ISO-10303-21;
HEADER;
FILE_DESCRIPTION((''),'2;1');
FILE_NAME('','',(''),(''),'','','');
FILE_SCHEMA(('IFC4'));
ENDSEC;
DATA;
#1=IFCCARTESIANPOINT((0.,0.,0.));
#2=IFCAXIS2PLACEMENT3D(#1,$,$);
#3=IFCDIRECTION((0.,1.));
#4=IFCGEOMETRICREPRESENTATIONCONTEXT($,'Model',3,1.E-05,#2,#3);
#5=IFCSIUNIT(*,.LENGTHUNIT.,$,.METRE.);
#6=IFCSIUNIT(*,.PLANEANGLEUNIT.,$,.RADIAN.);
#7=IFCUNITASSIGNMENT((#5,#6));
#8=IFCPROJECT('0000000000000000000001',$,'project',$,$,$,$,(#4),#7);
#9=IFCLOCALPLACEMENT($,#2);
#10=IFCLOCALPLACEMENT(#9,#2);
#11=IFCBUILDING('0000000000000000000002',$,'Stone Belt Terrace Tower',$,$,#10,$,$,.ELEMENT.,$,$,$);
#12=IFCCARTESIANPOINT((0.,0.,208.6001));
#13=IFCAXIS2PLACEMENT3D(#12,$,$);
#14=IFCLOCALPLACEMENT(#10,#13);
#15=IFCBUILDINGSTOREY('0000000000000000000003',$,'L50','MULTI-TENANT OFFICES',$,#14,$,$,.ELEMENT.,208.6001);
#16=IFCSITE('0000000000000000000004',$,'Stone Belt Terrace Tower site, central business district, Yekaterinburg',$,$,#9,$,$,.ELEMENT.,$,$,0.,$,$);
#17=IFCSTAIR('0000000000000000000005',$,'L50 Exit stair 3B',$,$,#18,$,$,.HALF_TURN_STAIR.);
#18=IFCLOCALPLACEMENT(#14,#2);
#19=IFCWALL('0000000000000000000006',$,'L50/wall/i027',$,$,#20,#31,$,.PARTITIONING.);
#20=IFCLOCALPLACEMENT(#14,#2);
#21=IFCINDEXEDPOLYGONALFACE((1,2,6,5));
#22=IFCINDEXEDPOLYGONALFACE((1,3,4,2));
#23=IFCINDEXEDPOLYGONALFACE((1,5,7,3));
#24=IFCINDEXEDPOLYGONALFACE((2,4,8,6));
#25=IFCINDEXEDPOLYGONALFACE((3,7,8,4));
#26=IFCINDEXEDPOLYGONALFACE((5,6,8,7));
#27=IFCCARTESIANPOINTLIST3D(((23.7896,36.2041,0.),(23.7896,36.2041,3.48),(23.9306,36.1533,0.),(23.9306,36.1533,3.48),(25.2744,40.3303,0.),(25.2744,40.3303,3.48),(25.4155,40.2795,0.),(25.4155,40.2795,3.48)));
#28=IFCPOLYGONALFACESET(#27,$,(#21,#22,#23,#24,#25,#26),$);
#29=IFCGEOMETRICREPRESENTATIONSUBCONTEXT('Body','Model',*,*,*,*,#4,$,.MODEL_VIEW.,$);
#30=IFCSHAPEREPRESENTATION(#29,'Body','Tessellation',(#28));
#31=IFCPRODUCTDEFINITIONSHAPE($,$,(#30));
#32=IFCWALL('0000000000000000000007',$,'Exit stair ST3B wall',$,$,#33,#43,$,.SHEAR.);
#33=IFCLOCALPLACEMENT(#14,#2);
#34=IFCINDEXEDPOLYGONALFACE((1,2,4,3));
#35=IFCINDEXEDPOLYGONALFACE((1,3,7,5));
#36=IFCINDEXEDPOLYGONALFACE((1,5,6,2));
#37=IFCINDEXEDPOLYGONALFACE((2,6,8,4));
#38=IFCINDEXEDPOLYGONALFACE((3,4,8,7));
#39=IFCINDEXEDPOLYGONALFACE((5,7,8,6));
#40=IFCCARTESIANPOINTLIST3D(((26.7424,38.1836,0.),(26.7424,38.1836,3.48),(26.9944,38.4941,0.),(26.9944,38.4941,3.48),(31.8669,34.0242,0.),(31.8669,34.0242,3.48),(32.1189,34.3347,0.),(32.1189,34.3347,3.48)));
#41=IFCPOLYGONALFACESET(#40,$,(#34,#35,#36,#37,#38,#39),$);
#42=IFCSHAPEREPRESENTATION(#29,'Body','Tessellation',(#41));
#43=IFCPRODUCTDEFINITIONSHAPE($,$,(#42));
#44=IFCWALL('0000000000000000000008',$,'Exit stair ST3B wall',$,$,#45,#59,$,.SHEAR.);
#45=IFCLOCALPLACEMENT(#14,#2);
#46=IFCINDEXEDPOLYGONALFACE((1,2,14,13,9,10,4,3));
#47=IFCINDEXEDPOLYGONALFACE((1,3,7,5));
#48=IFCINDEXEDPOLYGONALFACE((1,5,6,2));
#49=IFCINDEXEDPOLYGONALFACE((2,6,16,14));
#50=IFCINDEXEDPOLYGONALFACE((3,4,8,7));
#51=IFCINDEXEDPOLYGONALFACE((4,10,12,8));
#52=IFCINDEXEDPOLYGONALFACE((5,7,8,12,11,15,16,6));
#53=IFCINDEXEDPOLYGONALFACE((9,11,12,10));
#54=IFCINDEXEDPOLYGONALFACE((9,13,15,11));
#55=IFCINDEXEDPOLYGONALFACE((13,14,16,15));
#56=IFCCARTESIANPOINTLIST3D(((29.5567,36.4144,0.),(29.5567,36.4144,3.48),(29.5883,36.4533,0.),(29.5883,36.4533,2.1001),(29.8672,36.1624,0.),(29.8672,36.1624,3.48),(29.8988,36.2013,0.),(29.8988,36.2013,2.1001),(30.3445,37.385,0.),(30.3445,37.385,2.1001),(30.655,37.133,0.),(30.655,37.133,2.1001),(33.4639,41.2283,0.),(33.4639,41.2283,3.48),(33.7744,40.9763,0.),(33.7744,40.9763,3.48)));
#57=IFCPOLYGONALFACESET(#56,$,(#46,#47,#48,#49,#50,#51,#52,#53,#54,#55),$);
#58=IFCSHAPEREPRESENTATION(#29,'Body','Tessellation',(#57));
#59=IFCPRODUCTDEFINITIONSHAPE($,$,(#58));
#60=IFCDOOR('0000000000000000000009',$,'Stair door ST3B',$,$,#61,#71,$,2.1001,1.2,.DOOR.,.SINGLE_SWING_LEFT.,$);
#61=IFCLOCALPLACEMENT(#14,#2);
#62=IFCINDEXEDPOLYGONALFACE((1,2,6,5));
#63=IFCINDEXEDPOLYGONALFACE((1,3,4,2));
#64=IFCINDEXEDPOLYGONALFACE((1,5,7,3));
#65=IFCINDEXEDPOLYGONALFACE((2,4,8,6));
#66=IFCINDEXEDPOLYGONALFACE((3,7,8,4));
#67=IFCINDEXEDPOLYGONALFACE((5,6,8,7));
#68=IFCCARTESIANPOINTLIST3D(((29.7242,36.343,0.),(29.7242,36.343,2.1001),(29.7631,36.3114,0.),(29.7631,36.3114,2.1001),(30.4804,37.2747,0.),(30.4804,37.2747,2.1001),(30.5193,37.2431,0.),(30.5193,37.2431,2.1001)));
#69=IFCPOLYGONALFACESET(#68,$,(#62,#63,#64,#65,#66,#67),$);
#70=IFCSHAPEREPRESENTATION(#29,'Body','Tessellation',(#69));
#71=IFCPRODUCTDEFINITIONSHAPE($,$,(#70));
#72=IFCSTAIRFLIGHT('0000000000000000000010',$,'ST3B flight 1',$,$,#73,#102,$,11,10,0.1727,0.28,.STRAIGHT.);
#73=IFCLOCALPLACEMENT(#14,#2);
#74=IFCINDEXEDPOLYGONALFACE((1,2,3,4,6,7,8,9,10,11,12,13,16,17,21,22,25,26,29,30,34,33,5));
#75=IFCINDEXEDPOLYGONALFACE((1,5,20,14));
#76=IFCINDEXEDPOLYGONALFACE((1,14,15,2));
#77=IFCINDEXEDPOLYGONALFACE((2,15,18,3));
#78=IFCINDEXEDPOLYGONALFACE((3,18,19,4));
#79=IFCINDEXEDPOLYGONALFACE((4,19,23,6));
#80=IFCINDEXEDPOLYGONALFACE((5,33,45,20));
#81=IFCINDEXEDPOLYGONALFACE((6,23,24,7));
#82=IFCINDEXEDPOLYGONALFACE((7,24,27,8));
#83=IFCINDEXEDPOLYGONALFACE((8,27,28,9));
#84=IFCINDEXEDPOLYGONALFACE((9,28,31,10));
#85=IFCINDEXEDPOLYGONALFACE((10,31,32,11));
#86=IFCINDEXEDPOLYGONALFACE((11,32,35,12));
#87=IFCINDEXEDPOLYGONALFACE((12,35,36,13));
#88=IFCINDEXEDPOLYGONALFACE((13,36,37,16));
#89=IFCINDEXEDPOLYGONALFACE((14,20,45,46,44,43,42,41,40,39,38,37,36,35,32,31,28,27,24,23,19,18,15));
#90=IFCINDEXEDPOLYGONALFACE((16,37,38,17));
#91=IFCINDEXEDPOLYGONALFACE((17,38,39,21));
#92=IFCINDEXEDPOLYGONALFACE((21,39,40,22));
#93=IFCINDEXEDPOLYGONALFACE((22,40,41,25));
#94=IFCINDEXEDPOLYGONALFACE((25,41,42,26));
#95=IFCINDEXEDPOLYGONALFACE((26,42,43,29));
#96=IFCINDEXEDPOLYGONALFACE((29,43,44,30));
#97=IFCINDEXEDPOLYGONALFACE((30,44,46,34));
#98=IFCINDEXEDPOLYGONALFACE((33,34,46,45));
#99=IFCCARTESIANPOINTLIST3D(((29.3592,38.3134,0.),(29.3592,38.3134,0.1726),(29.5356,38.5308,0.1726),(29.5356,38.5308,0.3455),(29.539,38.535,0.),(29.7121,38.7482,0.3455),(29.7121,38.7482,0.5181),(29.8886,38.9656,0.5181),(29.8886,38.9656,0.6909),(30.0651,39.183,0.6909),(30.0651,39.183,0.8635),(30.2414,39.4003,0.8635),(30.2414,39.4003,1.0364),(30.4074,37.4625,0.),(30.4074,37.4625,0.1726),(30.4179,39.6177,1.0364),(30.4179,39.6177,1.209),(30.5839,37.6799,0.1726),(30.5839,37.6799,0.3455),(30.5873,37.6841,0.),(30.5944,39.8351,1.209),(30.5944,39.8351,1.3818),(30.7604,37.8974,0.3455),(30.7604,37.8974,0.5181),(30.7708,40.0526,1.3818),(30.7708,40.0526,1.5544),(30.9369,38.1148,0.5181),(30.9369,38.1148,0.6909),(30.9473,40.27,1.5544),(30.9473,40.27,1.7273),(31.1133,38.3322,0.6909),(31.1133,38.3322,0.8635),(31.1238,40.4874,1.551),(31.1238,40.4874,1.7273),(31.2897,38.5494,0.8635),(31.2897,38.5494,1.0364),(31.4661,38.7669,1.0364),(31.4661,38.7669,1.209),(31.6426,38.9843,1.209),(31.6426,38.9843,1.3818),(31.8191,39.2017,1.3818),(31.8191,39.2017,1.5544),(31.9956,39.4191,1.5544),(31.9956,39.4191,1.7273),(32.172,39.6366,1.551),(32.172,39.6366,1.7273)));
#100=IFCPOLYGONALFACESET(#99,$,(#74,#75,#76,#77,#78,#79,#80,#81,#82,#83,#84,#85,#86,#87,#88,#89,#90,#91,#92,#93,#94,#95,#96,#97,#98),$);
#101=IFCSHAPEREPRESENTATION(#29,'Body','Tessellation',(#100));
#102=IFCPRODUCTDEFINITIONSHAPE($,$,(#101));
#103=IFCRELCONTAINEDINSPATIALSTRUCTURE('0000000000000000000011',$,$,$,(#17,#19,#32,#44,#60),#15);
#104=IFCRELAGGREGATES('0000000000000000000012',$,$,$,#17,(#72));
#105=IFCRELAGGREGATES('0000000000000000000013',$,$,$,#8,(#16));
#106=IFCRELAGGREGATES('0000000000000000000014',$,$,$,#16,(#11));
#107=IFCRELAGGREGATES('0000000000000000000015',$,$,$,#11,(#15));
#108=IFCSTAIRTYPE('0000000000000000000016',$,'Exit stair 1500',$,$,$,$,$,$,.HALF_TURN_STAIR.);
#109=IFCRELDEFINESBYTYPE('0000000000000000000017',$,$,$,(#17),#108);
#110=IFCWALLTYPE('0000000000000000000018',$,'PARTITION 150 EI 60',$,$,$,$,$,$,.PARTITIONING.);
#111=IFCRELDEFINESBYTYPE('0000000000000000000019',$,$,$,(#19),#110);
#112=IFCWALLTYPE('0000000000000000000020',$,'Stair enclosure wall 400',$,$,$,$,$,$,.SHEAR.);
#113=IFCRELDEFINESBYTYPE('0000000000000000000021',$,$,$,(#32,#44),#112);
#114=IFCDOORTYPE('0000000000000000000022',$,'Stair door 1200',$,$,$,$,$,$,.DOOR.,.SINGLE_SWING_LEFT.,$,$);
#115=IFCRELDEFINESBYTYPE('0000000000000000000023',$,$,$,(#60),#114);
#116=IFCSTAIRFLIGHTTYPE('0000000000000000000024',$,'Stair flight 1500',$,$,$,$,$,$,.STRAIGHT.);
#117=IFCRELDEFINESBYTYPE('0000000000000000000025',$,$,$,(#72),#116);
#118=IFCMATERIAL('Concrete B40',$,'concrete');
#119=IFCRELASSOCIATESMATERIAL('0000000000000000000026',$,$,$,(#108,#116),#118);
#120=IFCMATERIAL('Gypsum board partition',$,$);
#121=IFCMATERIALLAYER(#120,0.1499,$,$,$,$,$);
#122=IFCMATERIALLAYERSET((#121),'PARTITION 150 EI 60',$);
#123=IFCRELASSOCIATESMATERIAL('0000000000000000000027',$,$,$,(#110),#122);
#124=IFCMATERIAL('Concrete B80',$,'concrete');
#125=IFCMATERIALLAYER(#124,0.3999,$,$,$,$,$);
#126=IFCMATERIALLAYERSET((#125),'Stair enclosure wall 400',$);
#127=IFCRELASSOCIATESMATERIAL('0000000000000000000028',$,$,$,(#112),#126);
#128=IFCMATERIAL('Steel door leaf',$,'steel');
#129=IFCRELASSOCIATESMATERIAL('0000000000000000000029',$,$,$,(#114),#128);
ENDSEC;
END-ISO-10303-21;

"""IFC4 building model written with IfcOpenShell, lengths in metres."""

from ifc_helpers import new_model, si_unit, direction, frame, frame_2d, origin, place, context, subcontext, project, spatial, polyline, rectangle, outline, extrude, material, layer, layer_set, type_object, element, fill, aggregate, save


model = new_model("IFC4")

# Units and contexts
model_context = context("Model", 3, precision=1e-05, world=origin(), true_north=direction((0.0, 1.0)))
body_context = subcontext(model_context, "Body", "Model", "MODEL_VIEW")
ifc_project = project(units=[si_unit("LENGTHUNIT", "METRE"), si_unit("PLANEANGLEUNIT", "RADIAN")], contexts=[model_context])

# Site, building, storey
site_placement = place(None, origin())
site = spatial("IfcSite", under=ifc_project, at=site_placement, Name="Stone Belt Terrace Tower site, central business district, Yekaterinburg", CompositionType="ELEMENT", RefElevation=0.0)
building_placement = place(site_placement, origin())
building = spatial("IfcBuilding", under=site, at=building_placement, Name="Stone Belt Terrace Tower", CompositionType="ELEMENT")
storey_placement = place(building_placement, frame((0.0, 0.0, 208.6001)))
storey = spatial("IfcBuildingStorey", under=building, at=storey_placement, Name="L50", Description="MULTI-TENANT OFFICES", CompositionType="ELEMENT", Elevation=208.6001)

# Shared definitions
ifc_material_1 = material(Name="Concrete B40", Category="concrete")

# Stair
stair_type = type_object("IfcStairType", Name="Exit stair 1500", PredefinedType="HALF_TURN_STAIR", material=ifc_material_1)
stair_1_placement = place(storey_placement, origin())
stair_1 = element("IfcStair", 1, at=stair_1_placement, inside=storey, type_object=stair_type, Name="L50 Exit stair 3B", PredefinedType="HALF_TURN_STAIR")

# Walls
ifc_material_2 = material(Name="Gypsum board partition")
ifc_layer_1 = layer(ifc_material_2, 0.1499)
ifc_layer_set_1 = layer_set([ifc_layer_1], Name="PARTITION 150 EI 60")
wall_type_1 = type_object("IfcWallType", Name="PARTITION 150 EI 60", PredefinedType="PARTITIONING", material=ifc_layer_set_1)
wall_1_placement = place(storey_placement, frame((23.8601, 36.1787, 0.0), z_axis=(0.0, 0.0, 1.0), x_axis=(0.338603, 0.940929, 0.0)))
element("IfcWall", 2, at=wall_1_placement, inside=storey, type_object=wall_type_1, Name="L50/wall/i027", PredefinedType="PARTITIONING", context=body_context, shape_type="SweptSolid", body=[
    extrude(rectangle(XDim=4.3853, YDim=0.1499, at=frame_2d((2.1926, 0.0))), origin(), (0.0, 0.0, 1.0), 3.48),
])
ifc_material_3 = material(Name="Concrete B80", Category="concrete")
ifc_layer_2 = layer(ifc_material_3, 0.3999)
ifc_layer_set_2 = layer_set([ifc_layer_2], Name="Stair enclosure wall 400")
wall_type_2 = type_object("IfcWallType", Name="Stair enclosure wall 400", PredefinedType="SHEAR", material=ifc_layer_set_2)
wall_2_placement = place(storey_placement, frame((26.8684, 38.3389, 0.0), z_axis=(0.0, 0.0, 1.0), x_axis=(0.776428, -0.630205, 0.0)))
element("IfcWall", 3, at=wall_2_placement, inside=storey, type_object=wall_type_2, Name="Exit stair ST3B wall", PredefinedType="SHEAR", context=body_context, shape_type="SweptSolid", body=[
    extrude(rectangle(XDim=6.6001, YDim=0.3999, at=frame_2d((3.3, 0.0))), origin(), (0.0, 0.0, 1.0), 3.48),
])

# Wall, opening, door
wall_3_placement = place(storey_placement, frame((29.7119, 36.2883, 0.0), z_axis=(0.0, 0.0, 1.0), x_axis=(0.630192, 0.776439, 0.0)))
wall_3 = element("IfcWall", 4, at=wall_3_placement, inside=storey, type_object=wall_type_2, Name="Exit stair ST3B wall", PredefinedType="SHEAR", context=body_context, shape_type="SweptSolid", body=[
    extrude(rectangle(XDim=6.2, YDim=0.3999, at=frame_2d((3.1001, 0.0))), origin(), (0.0, 0.0, 1.0), 3.48),
])
opening_placement = place(wall_3_placement, frame((0.05, 0.0, 0.0)))
opening = element("IfcOpeningElement", 5, at=opening_placement, cuts=wall_3, PredefinedType="OPENING", context=body_context, shape_type="SweptSolid", body=[
    extrude(rectangle(XDim=1.2, YDim=2.1001, at=frame_2d((0.6001, 1.05))), frame((0.0, 0.21, 0.0), z_axis=(0.0, -1.0, 0.0), x_axis=(1.0, 0.0, 0.0)), (0.0, 0.0, 1.0), 0.4199),
])
ifc_material_4 = material(Name="Steel door leaf", Category="steel")
door_type = type_object("IfcDoorType", Name="Stair door 1200", OperationType="SINGLE_SWING_LEFT", PredefinedType="DOOR", material=ifc_material_4)
door_placement = place(opening_placement, origin())
door = element("IfcDoor", 6, at=door_placement, inside=storey, type_object=door_type, Name="Stair door ST3B", OperationType="SINGLE_SWING_LEFT", OverallHeight=2.1001, OverallWidth=1.2, PredefinedType="DOOR", context=body_context, shape_type="SweptSolid", body=[
    extrude(rectangle(XDim=1.2, YDim=2.1001, at=frame_2d((0.6001, 1.05))), frame((0.0, 0.0249, 0.0), z_axis=(0.0, -1.0, 0.0), x_axis=(1.0, 0.0, 0.0)), (0.0, 0.0, 1.0), 0.05),
])
fill(opening, door)

# Stair flight
stair_flight_type = type_object("IfcStairFlightType", Name="Stair flight 1500", PredefinedType="STRAIGHT", material=ifc_material_1)
stair_flight_placement = place(storey_placement, frame((29.8833, 37.8879, 0.0), z_axis=(0.0, 0.0, 1.0), x_axis=(0.630206, 0.776428, 0.0)))
stair_flight = element("IfcStairFlight", 7, at=stair_flight_placement, type_object=stair_flight_type, Name="ST3B flight 1", NumberOfRisers=11, NumberOfTreads=10, PredefinedType="STRAIGHT", RiserHeight=0.1727, TreadLength=0.28, context=body_context, shape_type="SweptSolid", body=[
    extrude(outline(polyline([(0.0, 0.0), (0.0, 0.1726), (0.28, 0.1726), (0.28, 0.3455), (0.5601, 0.3455), (0.5601, 0.5181), (0.8401, 0.5181), (0.8401, 0.6909), (1.1201, 0.6909), (1.1201, 0.8635), (1.3999, 0.8635), (1.3999, 1.0364), (1.6799, 1.0364), (1.6799, 1.209), (1.96, 1.209), (1.96, 1.3818), (2.24, 1.3818), (2.24, 1.5544), (2.52, 1.5544), (2.52, 1.7273), (2.8, 1.7273), (2.8, 1.8999), (2.8, 1.551), (0.2854, 0.0), (0.0, 0.0)])), frame((0.0, 0.675, 0.0), z_axis=(0.0, -1.0, 0.0), x_axis=(1.0, 0.0, 0.0)), (0.0, 0.0, 1.0), 1.3501),
])
aggregate(stair_1, [stair_flight])

save(model, "model.ifc")
